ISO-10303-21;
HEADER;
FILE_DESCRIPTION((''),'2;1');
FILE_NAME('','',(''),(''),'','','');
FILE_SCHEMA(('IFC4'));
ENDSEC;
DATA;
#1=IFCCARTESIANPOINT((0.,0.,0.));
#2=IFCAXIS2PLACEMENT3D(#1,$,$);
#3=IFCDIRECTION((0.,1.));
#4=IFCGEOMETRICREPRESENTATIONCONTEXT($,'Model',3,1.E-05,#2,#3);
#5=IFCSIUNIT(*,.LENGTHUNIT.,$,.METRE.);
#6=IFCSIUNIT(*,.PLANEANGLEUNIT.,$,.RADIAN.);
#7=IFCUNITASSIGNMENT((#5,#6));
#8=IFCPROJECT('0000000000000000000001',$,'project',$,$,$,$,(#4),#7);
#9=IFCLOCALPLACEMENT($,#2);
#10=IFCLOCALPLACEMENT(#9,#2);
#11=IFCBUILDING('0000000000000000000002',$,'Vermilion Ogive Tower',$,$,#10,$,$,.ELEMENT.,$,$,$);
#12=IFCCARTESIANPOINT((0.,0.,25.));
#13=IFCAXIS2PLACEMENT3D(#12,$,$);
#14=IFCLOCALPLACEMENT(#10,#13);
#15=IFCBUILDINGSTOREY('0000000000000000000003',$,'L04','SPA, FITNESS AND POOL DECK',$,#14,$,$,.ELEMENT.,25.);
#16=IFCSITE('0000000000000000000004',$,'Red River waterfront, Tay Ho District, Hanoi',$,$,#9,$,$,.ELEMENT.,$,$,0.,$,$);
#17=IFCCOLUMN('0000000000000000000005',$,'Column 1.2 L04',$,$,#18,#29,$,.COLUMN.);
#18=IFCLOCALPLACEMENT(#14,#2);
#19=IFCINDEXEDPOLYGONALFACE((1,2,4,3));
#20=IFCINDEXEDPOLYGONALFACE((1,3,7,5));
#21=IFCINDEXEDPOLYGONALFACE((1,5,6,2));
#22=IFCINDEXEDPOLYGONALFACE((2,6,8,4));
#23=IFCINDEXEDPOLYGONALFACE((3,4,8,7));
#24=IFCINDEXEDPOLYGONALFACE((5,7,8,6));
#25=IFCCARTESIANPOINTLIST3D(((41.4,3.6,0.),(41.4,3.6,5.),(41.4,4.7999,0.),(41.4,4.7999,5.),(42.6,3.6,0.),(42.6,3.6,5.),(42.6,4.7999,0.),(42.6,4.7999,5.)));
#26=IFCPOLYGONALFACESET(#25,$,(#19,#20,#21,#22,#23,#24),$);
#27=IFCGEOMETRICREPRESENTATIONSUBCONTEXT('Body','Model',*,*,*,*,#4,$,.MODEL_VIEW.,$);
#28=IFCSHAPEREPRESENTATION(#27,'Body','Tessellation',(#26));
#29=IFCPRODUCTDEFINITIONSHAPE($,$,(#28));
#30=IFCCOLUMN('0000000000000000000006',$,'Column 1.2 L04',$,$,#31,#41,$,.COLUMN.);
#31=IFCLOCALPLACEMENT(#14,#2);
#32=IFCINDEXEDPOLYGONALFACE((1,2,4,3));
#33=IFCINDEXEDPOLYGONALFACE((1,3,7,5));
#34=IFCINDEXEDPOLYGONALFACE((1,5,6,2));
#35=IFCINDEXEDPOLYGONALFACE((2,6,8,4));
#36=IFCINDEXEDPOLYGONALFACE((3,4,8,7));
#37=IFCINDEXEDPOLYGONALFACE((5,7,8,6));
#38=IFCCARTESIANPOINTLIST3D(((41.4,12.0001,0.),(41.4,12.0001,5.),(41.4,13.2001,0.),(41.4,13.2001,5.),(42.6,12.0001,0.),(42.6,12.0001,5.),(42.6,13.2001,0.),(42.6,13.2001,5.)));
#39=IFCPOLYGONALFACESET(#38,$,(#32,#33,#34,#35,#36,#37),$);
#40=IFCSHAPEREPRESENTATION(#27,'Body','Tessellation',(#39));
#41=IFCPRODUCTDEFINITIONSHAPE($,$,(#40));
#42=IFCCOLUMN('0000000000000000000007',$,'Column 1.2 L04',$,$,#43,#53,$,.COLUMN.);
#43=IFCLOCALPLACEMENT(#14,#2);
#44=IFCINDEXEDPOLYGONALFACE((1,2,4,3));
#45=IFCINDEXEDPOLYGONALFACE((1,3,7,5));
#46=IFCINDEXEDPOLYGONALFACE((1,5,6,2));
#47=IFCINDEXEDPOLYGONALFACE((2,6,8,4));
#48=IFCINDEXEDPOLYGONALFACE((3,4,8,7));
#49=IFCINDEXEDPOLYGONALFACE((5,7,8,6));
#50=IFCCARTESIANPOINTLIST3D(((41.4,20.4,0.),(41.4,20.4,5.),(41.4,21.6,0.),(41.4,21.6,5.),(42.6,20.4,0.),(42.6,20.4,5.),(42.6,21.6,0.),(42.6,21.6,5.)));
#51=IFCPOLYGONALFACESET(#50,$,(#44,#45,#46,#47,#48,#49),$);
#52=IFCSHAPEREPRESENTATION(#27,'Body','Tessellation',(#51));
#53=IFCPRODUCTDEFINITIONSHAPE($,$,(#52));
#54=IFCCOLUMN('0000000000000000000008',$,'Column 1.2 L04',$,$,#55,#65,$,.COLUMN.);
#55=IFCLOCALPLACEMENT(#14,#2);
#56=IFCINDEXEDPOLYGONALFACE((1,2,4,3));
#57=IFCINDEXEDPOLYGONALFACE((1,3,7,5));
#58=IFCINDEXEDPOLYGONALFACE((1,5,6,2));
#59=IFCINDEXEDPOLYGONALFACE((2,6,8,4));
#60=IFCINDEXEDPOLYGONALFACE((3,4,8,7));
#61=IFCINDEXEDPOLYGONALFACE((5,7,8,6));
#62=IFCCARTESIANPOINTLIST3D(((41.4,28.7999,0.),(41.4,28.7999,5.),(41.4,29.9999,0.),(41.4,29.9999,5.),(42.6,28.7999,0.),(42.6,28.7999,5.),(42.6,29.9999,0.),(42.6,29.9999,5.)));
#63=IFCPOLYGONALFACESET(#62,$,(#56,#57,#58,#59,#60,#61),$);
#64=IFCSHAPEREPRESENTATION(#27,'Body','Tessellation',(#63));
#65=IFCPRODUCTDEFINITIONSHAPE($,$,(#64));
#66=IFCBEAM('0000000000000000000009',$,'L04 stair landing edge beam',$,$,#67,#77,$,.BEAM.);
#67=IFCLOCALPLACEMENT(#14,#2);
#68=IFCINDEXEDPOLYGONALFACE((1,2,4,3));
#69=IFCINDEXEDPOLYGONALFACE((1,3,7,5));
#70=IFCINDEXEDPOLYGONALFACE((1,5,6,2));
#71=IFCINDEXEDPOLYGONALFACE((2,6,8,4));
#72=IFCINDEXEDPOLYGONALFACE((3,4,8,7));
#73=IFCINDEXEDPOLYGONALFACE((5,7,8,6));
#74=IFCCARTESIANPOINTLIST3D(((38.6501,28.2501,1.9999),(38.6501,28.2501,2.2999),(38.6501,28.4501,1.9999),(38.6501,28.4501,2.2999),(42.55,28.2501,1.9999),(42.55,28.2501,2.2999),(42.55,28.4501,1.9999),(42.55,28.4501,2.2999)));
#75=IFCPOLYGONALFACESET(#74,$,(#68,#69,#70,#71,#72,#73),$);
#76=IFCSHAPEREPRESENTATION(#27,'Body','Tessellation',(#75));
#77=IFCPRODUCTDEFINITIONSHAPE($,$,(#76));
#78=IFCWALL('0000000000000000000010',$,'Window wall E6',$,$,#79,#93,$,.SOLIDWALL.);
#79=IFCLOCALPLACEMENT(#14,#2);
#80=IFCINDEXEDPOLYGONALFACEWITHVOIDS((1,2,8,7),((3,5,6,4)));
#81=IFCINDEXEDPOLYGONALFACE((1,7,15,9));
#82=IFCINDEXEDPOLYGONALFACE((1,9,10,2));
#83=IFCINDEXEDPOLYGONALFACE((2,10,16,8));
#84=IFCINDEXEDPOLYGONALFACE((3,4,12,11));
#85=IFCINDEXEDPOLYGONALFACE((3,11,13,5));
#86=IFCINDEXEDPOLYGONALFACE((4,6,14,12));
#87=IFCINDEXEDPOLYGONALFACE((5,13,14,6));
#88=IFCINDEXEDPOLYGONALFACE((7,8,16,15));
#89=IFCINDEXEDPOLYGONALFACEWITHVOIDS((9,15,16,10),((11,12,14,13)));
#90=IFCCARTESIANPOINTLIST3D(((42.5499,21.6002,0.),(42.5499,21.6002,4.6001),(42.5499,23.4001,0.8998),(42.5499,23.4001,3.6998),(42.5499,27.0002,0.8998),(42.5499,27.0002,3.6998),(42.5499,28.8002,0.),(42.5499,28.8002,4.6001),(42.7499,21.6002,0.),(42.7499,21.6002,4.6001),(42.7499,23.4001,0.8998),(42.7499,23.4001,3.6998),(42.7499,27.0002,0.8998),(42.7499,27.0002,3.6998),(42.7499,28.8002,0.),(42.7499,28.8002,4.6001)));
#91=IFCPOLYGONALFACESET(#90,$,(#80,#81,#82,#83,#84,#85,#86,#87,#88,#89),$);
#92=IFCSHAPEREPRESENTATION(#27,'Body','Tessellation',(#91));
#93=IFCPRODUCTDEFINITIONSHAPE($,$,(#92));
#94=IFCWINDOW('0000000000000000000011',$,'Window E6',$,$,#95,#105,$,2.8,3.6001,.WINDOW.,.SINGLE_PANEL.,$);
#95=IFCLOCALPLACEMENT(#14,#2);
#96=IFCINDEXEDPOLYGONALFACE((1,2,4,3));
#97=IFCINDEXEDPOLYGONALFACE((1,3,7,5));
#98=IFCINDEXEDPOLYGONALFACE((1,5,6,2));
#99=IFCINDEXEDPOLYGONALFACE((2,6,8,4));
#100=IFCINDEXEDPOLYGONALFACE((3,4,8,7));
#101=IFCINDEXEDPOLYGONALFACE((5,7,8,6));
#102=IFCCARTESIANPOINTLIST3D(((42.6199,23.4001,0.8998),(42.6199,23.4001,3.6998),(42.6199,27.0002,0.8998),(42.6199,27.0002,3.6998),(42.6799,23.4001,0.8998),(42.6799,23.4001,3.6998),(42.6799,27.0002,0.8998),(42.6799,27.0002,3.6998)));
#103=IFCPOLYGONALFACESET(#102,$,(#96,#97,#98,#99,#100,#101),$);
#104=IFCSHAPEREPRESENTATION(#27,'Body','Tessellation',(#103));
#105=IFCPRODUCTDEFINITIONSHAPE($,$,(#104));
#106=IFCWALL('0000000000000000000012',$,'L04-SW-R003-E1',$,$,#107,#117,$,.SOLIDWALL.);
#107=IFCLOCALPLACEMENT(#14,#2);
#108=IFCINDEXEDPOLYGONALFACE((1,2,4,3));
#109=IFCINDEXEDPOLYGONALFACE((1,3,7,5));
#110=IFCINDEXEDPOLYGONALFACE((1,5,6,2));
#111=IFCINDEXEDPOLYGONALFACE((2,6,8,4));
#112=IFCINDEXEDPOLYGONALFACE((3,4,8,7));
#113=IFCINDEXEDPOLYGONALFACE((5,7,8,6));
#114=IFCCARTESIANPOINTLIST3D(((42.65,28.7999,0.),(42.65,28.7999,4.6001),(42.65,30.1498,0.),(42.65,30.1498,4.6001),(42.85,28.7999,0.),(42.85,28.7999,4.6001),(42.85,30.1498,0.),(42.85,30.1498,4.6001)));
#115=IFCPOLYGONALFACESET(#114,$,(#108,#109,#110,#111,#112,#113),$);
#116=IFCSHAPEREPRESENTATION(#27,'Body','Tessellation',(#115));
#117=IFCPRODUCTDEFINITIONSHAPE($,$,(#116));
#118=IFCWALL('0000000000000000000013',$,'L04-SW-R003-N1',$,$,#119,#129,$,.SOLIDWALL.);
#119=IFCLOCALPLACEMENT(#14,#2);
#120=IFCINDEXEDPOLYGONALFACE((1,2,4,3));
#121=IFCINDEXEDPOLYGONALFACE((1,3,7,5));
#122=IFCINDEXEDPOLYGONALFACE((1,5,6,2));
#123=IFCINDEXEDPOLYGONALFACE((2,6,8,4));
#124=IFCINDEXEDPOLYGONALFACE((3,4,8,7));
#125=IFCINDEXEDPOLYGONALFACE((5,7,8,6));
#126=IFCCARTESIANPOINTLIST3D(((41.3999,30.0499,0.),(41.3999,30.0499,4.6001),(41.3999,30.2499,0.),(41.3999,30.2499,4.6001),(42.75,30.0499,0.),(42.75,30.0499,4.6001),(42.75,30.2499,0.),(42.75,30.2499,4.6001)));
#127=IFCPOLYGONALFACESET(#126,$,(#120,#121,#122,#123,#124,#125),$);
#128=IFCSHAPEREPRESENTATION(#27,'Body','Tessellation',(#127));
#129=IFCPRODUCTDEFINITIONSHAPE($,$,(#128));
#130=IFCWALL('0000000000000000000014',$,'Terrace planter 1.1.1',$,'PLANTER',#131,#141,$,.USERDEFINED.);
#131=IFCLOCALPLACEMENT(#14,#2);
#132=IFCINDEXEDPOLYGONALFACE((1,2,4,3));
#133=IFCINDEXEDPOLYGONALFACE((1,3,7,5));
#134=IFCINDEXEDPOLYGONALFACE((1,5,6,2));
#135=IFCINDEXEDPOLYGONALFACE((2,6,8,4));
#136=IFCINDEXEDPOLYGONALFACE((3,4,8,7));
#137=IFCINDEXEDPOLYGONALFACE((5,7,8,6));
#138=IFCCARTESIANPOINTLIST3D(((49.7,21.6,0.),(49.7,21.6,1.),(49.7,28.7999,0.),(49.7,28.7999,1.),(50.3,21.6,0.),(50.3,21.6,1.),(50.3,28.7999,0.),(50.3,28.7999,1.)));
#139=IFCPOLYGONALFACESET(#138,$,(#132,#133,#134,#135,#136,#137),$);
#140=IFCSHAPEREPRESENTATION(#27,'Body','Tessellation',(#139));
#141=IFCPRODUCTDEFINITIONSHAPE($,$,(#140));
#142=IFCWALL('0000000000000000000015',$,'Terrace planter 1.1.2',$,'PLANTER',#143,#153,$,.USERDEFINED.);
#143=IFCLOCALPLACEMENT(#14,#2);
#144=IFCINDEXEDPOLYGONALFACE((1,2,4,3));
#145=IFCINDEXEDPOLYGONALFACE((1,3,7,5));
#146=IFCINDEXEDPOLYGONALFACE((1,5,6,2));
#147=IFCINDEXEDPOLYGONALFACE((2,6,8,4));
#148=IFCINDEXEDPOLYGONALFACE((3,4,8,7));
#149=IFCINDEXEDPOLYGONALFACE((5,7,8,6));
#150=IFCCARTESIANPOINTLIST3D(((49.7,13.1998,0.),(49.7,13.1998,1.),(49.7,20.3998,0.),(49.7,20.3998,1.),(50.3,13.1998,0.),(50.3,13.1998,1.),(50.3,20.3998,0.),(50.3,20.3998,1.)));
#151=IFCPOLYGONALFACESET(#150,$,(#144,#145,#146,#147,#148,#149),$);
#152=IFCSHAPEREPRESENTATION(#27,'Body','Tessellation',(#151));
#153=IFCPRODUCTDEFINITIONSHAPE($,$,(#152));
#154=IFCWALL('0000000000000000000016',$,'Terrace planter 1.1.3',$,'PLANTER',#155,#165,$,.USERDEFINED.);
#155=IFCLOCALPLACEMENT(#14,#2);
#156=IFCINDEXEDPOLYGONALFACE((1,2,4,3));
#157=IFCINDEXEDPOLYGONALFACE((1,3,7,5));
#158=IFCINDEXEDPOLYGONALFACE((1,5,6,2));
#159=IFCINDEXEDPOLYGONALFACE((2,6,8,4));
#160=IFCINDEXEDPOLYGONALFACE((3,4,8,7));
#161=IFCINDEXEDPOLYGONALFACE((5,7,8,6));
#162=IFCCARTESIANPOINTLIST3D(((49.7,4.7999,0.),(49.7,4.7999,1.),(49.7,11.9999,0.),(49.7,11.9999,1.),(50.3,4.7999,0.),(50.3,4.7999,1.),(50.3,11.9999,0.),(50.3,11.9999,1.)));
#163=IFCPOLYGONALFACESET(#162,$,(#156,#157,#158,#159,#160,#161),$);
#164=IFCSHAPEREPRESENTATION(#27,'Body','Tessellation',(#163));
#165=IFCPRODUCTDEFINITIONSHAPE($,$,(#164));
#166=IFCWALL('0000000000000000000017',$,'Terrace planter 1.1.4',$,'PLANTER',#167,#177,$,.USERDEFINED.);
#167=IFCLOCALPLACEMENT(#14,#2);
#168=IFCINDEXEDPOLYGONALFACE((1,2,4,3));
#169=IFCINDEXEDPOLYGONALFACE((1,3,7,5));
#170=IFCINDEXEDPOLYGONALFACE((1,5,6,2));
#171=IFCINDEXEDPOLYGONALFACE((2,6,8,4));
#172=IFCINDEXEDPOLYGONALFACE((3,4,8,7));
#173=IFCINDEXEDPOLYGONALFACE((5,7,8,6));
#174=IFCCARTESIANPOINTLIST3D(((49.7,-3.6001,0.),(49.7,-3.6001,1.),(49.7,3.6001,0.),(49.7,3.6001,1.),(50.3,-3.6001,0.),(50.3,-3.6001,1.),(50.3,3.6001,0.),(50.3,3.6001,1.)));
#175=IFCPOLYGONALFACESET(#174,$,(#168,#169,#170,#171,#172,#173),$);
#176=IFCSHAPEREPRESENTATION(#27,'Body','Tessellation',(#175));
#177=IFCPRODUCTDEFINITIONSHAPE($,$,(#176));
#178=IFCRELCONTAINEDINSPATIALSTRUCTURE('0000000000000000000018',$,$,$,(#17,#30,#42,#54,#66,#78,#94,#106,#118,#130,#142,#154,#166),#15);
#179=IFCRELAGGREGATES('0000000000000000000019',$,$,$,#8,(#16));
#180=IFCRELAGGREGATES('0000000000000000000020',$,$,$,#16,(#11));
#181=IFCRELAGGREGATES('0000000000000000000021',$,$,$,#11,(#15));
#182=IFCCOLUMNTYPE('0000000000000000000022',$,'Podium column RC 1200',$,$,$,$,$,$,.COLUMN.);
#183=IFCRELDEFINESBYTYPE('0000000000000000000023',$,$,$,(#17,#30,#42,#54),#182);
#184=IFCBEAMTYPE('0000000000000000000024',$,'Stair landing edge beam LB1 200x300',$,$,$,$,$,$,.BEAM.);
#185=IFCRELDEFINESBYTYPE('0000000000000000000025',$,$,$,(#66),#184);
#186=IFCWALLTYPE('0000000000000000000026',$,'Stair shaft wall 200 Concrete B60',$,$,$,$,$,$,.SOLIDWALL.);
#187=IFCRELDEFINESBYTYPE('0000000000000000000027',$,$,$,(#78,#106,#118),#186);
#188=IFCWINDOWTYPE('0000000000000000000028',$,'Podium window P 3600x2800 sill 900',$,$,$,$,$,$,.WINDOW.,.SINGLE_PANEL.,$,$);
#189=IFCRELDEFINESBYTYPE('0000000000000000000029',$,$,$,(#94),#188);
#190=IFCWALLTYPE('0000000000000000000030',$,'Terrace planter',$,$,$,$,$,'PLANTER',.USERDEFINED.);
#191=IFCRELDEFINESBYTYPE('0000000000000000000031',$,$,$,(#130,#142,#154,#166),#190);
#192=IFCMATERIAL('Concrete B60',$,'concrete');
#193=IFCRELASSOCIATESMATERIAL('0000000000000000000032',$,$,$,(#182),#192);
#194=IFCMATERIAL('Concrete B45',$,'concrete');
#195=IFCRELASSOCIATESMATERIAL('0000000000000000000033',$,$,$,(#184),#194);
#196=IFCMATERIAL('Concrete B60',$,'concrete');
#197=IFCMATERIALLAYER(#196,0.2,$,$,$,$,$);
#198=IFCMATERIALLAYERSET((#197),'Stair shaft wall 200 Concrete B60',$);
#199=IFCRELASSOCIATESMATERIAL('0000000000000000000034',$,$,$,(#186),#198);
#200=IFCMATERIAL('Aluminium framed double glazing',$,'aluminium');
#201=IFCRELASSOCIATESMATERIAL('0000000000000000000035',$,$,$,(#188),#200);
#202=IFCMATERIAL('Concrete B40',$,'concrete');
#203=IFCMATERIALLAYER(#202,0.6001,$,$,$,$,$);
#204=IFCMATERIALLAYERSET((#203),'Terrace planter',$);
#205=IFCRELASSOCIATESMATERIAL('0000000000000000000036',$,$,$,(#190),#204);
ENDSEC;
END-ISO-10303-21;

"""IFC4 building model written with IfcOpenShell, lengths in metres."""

from ifc_helpers import new_model, si_unit, direction, frame, frame_2d, origin, origin_2d, place, context, subcontext, project, spatial, rectangle, extrude, material, layer, layer_set, material_profile, profile_set, type_object, element, fill, save


model = new_model("IFC4")

# Units and contexts
model_context = context("Model", 3, precision=1e-05, world=origin(), true_north=direction((0.0, 1.0)))
body_context = subcontext(model_context, "Body", "Model", "MODEL_VIEW")
ifc_project = project(units=[si_unit("LENGTHUNIT", "METRE"), si_unit("PLANEANGLEUNIT", "RADIAN")], contexts=[model_context])

# Site, building, storey
site_placement = place(None, origin())
site = spatial("IfcSite", under=ifc_project, at=site_placement, Name="Red River waterfront, Tay Ho District, Hanoi", CompositionType="ELEMENT", RefElevation=0.0)
building_placement = place(site_placement, origin())
building = spatial("IfcBuilding", under=site, at=building_placement, Name="Vermilion Ogive Tower", CompositionType="ELEMENT")
storey_placement = place(building_placement, frame((0.0, 0.0, 25.0)))
storey = spatial("IfcBuildingStorey", under=building, at=storey_placement, Name="L04", Description="SPA, FITNESS AND POOL DECK", CompositionType="ELEMENT", Elevation=25.0)

# Columns
ifc_material_1 = material(Name="Concrete B60", Category="concrete")
ifc_material_profile_1 = material_profile(ifc_material_1, rectangle(XDim=1.2, YDim=1.2, at=origin_2d()), Name="RC 1200x1200")
ifc_profile_set_1 = profile_set([ifc_material_profile_1], Name="Concrete B60")
column_type = type_object("IfcColumnType", Name="Podium column RC 1200", PredefinedType="COLUMN", material=ifc_profile_set_1)
for number, where, z_axis, x_axis, name in (
    (1, (42.0, 4.2, 0.0), (0.0, 0.0, 1.0), (1.0, 0.0, 0.0), "Column 1.2 L04"),
    (2, (42.0, 12.6001, 0.0), (0.0, 0.0, 1.0), (1.0, 0.0, 0.0), "Column 1.2 L04"),
    (3, (42.0, 21.0, 0.0), (0.0, 0.0, 1.0), (1.0, 0.0, 0.0), "Column 1.2 L04"),
    (4, (42.0, 29.3999, 0.0), (0.0, 0.0, 1.0), (1.0, 0.0, 0.0), "Column 1.2 L04"),
):
    element("IfcColumn", number, at=place(storey_placement, frame(where, z_axis=z_axis, x_axis=x_axis)), inside=storey, type_object=column_type, Name=name, PredefinedType="COLUMN", context=body_context, shape_type="SweptSolid", body=[
        extrude(rectangle(XDim=1.2, YDim=1.2, at=origin_2d()), origin(), (0.0, 0.0, 1.0), 5.0),
    ])

# Beam
ifc_material_2 = material(Name="Concrete B45", Category="concrete")
ifc_material_profile_2 = material_profile(ifc_material_2, rectangle(XDim=0.2, YDim=0.3, at=origin_2d()), Name="RC 200x300")
ifc_profile_set_2 = profile_set([ifc_material_profile_2], Name="Concrete B45")
beam_type = type_object("IfcBeamType", Name="Stair landing edge beam LB1 200x300", PredefinedType="BEAM", material=ifc_profile_set_2)
beam_placement = place(storey_placement, frame((38.6501, 28.3501, 2.1499), z_axis=(1.0, 0.0, 0.0), x_axis=(0.0, 1.0, 0.0)))
element("IfcBeam", 5, at=beam_placement, inside=storey, type_object=beam_type, Name="L04 stair landing edge beam", PredefinedType="BEAM", context=body_context, shape_type="SweptSolid", body=[
    extrude(rectangle(XDim=0.2, YDim=0.3, at=origin_2d()), origin(), (0.0, 0.0, 1.0), 3.8999),
])

# Wall, opening, window
ifc_material_3 = material(Name="Concrete B60", Category="concrete")
ifc_layer_1 = layer(ifc_material_3, 0.2)
ifc_layer_set_1 = layer_set([ifc_layer_1], Name="Stair shaft wall 200 Concrete B60")
wall_type_1 = type_object("IfcWallType", Name="Stair shaft wall 200 Concrete B60", PredefinedType="SOLIDWALL", material=ifc_layer_set_1)
wall_1_placement = place(storey_placement, frame((42.6499, 21.6001, 0.0), z_axis=(0.0, 0.0, 1.0), x_axis=(0.0, 1.0, 0.0)))
wall_1 = element("IfcWall", 6, at=wall_1_placement, inside=storey, type_object=wall_type_1, Name="Window wall E6", PredefinedType="SOLIDWALL", context=body_context, shape_type="SweptSolid", body=[
    extrude(rectangle(XDim=7.2, YDim=0.2, at=frame_2d((3.6001, 0.0))), origin(), (0.0, 0.0, 1.0), 4.6001),
])
opening_1_placement = place(wall_1_placement, frame((1.8, 0.0, 0.8999)))
opening_1 = element("IfcOpeningElement", 7, at=opening_1_placement, cuts=wall_1, PredefinedType="OPENING", context=body_context, shape_type="SweptSolid", body=[
    extrude(rectangle(XDim=3.6001, YDim=2.8, at=frame_2d((1.8, 1.3999))), frame((0.0, 0.1099, 0.0), z_axis=(0.0, -1.0, 0.0), x_axis=(1.0, 0.0, 0.0)), (0.0, 0.0, 1.0), 0.22),
])
ifc_material_4 = material(Name="Aluminium framed double glazing", Category="aluminium")
window_type_1 = type_object("IfcWindowType", Name="Podium window P 3600x2800 sill 900", PartitioningType="SINGLE_PANEL", PredefinedType="WINDOW", material=ifc_material_4)
window_1_placement = place(opening_1_placement, origin())
window_1 = element("IfcWindow", 8, at=window_1_placement, inside=storey, type_object=window_type_1, Name="Window E6", OverallHeight=2.8, OverallWidth=3.6001, PartitioningType="SINGLE_PANEL", PredefinedType="WINDOW", context=body_context, shape_type="SweptSolid", body=[
    extrude(rectangle(XDim=3.6001, YDim=2.8, at=frame_2d((1.8, 1.3999))), frame((0.0, 0.03, 0.0), z_axis=(0.0, -1.0, 0.0), x_axis=(1.0, 0.0, 0.0)), (0.0, 0.0, 1.0), 0.0601),
])
fill(opening_1, window_1)

# Walls
wall_2_placement = place(storey_placement, frame((42.75, 28.8, 0.0), z_axis=(0.0, 0.0, 1.0), x_axis=(0.0, 1.0, 0.0)))
element("IfcWall", 9, at=wall_2_placement, inside=storey, type_object=wall_type_1, Name="L04-SW-R003-E1", PredefinedType="SOLIDWALL", context=body_context, shape_type="SweptSolid", body=[
    extrude(rectangle(XDim=1.3499, YDim=0.2, at=frame_2d((0.6748, 0.0))), origin(), (0.0, 0.0, 1.0), 4.6001),
])
wall_3_placement = place(storey_placement, frame((41.3999, 30.1499, 0.0), z_axis=(0.0, 0.0, 1.0), x_axis=(1.0, 0.0, 0.0)))
element("IfcWall", 10, at=wall_3_placement, inside=storey, type_object=wall_type_1, Name="L04-SW-R003-N1", PredefinedType="SOLIDWALL", context=body_context, shape_type="SweptSolid", body=[
    extrude(rectangle(XDim=1.3501, YDim=0.2, at=frame_2d((0.675, 0.0))), origin(), (0.0, 0.0, 1.0), 4.6001),
])
ifc_material_5 = material(Name="Concrete B40", Category="concrete")
ifc_layer_2 = layer(ifc_material_5, 0.6001)
ifc_layer_set_2 = layer_set([ifc_layer_2], Name="Terrace planter")
wall_type_2 = type_object("IfcWallType", Name="Terrace planter", ElementType="PLANTER", PredefinedType="USERDEFINED", material=ifc_layer_set_2)
for number, where, z_axis, x_axis, name in (
    (11, (50.0, 28.8, 0.0), (0.0, 0.0, 1.0), (0.0, -1.0, 0.0), "Terrace planter 1.1.1"),
    (12, (50.0, 20.3999, 0.0), (0.0, 0.0, 1.0), (0.0, -1.0, 0.0), "Terrace planter 1.1.2"),
    (13, (50.0, 12.0, 0.0), (0.0, 0.0, 1.0), (0.0, -1.0, 0.0), "Terrace planter 1.1.3"),
):
    element("IfcWall", number, at=place(storey_placement, frame(where, z_axis=z_axis, x_axis=x_axis)), inside=storey, type_object=wall_type_2, Name=name, ObjectType="PLANTER", PredefinedType="USERDEFINED", context=body_context, shape_type="SweptSolid", body=[
        extrude(rectangle(XDim=7.2, YDim=0.6001, at=frame_2d((3.6001, 0.0))), origin(), (0.0, 0.0, 1.0), 1.0),
    ])
wall_4_placement = place(storey_placement, frame((50.0, 3.6001, 0.0), z_axis=(0.0, 0.0, 1.0), x_axis=(0.0, -1.0, 0.0)))
element("IfcWall", 14, at=wall_4_placement, inside=storey, type_object=wall_type_2, Name="Terrace planter 1.1.4", ObjectType="PLANTER", PredefinedType="USERDEFINED", context=body_context, shape_type="SweptSolid", body=[
    extrude(rectangle(XDim=7.2002, YDim=0.6001, at=frame_2d((3.6001, 0.0))), origin(), (0.0, 0.0, 1.0), 1.0),
])

save(model, "model.ifc")
